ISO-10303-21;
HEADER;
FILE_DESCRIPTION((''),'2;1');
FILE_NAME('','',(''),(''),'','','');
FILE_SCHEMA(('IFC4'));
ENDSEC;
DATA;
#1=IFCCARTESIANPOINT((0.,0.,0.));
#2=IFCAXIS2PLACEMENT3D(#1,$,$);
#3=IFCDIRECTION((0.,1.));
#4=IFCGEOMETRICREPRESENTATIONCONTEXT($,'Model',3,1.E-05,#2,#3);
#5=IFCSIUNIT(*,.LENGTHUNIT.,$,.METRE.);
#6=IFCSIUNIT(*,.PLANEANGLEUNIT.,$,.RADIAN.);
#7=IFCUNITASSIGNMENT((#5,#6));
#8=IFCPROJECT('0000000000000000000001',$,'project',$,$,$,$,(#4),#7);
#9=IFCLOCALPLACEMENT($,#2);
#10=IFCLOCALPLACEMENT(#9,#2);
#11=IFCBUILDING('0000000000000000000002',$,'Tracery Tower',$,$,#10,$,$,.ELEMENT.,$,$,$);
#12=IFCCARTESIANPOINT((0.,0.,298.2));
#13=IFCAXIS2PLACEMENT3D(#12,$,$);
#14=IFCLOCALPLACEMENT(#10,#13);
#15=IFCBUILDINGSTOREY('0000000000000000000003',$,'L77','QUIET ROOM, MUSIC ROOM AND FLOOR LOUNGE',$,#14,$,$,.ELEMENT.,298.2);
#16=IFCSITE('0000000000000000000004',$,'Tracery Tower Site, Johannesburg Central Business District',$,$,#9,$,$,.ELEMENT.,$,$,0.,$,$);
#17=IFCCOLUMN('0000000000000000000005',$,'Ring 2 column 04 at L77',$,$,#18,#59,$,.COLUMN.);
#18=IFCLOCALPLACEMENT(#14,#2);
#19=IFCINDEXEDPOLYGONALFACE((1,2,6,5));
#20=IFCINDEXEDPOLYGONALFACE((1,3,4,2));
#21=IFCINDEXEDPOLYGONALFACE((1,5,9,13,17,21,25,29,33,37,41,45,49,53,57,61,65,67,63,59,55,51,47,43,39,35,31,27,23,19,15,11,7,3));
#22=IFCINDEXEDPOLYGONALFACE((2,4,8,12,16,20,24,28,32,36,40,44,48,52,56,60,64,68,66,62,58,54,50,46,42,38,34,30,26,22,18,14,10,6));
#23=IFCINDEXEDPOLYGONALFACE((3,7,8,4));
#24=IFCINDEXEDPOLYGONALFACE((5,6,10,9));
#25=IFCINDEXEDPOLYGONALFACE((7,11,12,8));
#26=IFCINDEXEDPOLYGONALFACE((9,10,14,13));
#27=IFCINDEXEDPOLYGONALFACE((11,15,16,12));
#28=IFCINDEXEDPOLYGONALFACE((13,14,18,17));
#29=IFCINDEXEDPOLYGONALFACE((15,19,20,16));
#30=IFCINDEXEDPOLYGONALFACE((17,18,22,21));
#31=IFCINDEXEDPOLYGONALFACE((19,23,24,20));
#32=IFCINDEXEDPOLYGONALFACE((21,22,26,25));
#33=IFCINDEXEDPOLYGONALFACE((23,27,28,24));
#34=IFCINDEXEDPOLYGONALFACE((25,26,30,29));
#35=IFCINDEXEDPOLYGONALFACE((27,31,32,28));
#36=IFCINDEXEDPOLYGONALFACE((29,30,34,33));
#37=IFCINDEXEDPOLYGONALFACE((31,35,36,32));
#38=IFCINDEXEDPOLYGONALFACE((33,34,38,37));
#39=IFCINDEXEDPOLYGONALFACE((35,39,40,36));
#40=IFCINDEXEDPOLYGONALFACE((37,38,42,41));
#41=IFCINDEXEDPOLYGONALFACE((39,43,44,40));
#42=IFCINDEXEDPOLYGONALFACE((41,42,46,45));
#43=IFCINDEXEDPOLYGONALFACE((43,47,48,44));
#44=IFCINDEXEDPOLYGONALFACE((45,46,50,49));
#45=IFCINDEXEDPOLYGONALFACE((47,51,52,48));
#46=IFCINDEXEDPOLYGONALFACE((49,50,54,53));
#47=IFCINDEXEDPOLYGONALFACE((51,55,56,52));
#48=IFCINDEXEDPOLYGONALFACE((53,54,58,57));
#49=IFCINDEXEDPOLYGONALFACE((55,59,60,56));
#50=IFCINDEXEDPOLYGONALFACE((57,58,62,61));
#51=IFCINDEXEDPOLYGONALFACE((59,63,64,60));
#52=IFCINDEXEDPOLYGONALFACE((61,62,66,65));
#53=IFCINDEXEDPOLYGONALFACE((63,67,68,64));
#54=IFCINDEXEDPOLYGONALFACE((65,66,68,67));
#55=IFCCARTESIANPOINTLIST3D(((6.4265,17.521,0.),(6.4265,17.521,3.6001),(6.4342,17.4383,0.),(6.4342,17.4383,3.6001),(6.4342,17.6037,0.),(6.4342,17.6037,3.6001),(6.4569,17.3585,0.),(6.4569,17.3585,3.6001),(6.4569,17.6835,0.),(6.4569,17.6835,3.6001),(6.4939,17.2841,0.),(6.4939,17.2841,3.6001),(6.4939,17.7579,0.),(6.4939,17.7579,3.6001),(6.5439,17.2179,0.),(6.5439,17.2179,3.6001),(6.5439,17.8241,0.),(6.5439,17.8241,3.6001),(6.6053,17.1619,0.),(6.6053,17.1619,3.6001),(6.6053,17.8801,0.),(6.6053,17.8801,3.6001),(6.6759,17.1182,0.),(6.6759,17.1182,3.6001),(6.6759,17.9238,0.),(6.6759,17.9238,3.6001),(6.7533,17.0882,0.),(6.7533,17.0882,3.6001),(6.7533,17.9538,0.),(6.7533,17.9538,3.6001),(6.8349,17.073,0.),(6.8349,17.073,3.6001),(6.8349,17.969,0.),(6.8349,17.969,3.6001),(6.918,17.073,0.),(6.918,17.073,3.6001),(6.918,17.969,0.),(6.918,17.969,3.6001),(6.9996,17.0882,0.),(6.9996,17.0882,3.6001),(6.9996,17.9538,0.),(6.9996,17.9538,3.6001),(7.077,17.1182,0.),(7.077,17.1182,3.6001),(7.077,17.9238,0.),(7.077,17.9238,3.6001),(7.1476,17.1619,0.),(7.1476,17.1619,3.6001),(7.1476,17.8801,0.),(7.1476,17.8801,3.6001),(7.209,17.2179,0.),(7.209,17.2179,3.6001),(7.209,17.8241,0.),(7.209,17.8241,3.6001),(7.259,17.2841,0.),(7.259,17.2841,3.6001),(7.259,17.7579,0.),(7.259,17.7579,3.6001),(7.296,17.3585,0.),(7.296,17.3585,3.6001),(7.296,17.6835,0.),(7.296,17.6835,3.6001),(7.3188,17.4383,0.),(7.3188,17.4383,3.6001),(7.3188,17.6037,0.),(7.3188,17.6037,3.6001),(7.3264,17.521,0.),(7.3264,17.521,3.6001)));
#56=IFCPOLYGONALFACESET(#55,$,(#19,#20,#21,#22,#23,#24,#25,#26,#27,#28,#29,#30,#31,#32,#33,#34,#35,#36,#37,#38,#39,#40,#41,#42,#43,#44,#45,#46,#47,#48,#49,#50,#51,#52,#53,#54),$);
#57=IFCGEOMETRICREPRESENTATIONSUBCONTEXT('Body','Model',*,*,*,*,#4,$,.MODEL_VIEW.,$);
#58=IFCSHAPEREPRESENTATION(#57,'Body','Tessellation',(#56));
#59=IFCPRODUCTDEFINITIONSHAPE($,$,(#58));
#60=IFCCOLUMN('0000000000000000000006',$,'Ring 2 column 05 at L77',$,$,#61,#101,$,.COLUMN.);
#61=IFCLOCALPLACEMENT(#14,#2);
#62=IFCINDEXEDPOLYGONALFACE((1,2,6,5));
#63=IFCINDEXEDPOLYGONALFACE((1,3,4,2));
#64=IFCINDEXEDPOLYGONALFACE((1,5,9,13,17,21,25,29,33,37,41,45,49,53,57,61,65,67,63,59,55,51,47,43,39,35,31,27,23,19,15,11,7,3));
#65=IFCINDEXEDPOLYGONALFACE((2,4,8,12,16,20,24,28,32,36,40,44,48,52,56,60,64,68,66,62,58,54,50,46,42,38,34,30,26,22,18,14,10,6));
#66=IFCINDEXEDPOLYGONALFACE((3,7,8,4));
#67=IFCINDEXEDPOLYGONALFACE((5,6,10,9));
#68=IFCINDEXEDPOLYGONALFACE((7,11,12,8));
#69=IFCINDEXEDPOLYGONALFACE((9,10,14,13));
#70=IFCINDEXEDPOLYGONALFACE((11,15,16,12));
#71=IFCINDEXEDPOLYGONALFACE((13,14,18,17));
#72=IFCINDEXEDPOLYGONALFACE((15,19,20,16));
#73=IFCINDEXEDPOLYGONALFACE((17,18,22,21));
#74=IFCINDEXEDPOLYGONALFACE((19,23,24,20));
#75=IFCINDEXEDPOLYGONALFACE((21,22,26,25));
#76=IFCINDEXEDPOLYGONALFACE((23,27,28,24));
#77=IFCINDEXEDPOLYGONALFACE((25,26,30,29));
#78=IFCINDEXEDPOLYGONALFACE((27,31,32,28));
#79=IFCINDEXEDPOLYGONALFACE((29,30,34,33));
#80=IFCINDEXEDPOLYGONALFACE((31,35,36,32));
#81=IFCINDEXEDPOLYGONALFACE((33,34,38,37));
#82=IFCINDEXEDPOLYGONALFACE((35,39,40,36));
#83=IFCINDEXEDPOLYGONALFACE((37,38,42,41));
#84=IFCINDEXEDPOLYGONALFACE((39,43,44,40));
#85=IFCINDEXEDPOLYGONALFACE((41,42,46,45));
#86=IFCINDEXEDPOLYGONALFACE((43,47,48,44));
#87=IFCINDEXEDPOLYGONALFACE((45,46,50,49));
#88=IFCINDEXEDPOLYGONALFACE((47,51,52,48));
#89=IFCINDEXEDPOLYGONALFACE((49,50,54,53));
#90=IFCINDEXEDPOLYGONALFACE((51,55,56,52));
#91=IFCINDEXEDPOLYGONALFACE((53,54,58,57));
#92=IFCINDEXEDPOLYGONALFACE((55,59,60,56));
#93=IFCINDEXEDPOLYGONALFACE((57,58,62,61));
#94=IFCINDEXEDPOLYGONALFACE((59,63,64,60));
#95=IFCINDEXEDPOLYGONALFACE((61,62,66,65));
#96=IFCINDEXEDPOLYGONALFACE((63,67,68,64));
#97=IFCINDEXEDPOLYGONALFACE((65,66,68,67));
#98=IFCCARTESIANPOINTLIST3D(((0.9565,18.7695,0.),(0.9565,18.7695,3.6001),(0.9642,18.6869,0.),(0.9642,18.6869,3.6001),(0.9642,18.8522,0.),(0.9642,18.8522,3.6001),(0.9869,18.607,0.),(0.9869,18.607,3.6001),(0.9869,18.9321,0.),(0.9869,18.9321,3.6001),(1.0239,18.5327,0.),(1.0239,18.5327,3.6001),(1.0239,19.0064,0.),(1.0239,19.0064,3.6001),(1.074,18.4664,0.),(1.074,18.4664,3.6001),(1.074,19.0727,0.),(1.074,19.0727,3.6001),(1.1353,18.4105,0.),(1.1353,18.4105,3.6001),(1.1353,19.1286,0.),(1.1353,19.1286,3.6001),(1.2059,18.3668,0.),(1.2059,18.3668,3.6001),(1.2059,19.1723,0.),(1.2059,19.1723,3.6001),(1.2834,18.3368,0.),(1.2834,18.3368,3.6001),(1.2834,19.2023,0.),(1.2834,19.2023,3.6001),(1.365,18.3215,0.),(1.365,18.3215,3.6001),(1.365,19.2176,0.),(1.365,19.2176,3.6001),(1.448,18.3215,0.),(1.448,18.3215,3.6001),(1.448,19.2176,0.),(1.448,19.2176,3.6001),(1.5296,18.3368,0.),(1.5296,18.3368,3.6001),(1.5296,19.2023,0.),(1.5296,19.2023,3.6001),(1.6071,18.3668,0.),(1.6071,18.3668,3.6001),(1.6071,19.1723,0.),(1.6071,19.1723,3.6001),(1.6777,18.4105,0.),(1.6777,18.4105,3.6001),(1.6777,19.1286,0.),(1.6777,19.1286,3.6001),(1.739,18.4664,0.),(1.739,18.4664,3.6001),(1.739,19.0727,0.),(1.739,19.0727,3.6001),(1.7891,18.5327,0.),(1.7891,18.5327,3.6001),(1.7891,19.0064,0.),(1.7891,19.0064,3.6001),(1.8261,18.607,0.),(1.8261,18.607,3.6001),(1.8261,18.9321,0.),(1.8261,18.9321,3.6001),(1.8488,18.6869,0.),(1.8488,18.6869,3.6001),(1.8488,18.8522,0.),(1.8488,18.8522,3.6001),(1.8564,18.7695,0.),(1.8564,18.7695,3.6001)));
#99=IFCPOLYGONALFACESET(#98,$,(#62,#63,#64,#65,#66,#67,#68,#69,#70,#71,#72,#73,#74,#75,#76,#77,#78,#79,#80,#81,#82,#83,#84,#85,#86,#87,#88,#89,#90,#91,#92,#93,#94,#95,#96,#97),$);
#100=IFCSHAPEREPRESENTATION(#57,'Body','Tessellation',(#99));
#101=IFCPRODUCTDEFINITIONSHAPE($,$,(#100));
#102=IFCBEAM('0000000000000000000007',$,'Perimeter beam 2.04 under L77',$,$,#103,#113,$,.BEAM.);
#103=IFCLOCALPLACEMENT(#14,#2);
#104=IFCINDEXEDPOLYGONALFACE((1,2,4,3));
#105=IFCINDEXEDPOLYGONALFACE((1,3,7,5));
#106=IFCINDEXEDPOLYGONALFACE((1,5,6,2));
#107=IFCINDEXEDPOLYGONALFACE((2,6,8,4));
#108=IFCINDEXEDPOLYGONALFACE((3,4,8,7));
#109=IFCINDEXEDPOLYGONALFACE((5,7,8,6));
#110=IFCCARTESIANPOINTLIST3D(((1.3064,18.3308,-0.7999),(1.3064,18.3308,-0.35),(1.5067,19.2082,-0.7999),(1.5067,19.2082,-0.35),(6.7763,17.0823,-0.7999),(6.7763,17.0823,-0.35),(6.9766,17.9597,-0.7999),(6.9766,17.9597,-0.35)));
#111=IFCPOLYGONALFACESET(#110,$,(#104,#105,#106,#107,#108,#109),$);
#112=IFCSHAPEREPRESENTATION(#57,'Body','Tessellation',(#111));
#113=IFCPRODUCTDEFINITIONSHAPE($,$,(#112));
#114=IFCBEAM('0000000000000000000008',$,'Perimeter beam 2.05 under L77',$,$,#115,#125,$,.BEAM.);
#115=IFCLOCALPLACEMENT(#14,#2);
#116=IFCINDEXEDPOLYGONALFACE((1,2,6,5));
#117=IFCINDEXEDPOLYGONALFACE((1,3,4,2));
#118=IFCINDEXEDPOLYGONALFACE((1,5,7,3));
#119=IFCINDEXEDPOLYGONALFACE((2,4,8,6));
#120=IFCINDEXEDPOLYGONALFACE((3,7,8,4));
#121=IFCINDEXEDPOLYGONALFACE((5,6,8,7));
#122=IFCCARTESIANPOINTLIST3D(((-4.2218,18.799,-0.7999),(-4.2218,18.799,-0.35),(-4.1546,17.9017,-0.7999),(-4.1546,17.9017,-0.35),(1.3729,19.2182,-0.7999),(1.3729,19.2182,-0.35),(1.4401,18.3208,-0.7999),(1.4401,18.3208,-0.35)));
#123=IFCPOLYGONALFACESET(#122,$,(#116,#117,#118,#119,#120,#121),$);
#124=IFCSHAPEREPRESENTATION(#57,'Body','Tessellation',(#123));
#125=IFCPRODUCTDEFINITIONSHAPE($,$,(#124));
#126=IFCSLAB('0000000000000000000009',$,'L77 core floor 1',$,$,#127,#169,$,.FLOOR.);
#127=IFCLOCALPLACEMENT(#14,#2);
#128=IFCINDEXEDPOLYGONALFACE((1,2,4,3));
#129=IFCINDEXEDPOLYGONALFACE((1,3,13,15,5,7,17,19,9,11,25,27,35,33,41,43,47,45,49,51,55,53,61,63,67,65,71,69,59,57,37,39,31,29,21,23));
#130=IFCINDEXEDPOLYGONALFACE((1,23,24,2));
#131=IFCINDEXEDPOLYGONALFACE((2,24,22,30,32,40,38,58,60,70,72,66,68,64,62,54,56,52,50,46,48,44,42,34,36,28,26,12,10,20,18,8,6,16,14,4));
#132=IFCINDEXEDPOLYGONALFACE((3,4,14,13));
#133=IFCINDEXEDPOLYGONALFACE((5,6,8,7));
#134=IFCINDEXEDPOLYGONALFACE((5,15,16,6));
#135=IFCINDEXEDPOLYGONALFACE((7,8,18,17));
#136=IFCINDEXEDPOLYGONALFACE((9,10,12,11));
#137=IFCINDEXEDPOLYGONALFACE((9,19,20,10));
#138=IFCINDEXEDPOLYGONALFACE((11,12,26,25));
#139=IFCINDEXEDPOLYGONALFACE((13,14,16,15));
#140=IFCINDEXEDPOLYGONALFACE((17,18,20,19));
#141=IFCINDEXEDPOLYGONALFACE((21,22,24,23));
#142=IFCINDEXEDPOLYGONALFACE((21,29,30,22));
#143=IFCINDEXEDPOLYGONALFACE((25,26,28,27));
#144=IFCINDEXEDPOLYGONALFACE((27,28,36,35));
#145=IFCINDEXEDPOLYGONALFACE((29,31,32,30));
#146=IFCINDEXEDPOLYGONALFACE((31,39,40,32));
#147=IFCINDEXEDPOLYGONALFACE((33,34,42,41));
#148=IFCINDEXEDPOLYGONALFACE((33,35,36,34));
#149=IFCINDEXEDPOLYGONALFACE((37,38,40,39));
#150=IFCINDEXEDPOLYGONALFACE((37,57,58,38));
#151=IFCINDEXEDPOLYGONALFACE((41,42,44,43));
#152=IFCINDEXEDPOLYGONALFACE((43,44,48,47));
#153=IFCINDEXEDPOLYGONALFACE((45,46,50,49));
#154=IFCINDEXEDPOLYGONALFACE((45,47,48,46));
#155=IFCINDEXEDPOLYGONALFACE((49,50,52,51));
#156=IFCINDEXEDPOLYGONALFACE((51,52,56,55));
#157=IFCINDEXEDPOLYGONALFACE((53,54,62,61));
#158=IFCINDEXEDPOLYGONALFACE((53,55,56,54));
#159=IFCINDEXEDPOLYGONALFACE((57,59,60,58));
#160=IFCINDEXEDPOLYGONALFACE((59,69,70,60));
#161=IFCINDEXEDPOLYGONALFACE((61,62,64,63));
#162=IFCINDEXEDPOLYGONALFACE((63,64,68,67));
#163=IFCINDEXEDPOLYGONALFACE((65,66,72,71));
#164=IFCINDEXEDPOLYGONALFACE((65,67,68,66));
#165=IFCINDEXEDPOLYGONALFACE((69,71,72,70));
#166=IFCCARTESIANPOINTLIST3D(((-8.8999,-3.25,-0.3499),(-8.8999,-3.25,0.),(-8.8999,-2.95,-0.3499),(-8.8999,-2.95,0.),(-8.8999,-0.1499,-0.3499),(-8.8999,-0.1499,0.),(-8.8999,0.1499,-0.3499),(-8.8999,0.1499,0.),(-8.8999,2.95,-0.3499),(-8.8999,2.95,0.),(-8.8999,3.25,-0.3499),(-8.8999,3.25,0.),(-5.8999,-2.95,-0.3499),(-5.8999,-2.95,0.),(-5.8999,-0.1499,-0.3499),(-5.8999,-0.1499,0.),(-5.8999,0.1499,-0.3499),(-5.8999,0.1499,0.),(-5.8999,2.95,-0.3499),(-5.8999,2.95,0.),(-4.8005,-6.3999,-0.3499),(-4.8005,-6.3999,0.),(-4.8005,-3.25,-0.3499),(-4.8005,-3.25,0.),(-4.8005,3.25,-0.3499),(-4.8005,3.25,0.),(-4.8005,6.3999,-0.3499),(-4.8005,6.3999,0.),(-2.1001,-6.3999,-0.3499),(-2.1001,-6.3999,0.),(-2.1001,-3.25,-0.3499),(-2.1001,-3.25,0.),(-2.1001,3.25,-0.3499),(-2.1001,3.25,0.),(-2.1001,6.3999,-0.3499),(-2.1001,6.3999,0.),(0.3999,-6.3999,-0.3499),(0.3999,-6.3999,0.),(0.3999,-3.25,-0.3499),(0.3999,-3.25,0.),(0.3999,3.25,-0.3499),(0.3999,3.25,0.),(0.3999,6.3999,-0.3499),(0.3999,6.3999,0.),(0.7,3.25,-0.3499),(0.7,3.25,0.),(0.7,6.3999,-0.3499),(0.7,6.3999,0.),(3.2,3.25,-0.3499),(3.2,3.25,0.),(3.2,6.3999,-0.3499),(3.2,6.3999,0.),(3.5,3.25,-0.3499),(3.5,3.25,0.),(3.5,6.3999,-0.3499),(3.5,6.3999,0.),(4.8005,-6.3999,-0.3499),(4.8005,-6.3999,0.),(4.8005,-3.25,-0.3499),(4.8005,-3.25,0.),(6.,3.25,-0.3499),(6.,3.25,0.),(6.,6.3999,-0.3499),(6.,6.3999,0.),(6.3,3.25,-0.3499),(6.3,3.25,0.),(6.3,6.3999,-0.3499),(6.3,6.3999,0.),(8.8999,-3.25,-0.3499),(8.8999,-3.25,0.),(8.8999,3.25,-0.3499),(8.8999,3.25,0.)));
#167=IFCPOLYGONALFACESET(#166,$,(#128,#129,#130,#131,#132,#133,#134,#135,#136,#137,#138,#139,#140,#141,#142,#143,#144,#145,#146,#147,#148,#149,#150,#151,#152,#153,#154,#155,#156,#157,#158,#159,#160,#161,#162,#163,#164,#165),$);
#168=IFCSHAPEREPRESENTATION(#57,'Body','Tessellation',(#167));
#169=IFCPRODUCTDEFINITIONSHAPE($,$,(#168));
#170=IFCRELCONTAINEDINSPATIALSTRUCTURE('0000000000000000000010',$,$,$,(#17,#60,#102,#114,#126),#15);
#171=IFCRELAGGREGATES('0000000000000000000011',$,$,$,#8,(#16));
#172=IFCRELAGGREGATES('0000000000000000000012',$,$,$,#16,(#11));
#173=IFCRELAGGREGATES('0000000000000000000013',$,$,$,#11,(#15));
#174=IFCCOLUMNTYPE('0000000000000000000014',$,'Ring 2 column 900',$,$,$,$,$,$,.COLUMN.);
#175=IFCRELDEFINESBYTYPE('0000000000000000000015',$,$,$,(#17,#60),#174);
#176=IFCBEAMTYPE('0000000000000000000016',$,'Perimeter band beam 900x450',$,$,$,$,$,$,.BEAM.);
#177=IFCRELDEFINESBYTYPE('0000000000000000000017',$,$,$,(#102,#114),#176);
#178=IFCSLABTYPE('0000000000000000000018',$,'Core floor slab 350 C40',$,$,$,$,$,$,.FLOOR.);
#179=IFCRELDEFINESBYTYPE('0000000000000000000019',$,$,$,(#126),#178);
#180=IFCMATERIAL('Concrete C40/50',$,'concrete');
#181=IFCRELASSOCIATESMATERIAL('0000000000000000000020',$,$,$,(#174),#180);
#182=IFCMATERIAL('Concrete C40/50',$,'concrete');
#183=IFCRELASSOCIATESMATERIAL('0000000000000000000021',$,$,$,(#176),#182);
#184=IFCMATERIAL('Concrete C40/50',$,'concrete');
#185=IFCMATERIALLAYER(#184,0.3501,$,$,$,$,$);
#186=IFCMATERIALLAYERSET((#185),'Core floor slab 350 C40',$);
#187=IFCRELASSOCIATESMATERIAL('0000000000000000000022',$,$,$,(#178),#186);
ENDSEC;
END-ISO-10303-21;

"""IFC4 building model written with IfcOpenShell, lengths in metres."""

from ifc_helpers import new_model, si_unit, direction, frame, origin, origin_2d, place, context, subcontext, project, spatial, polyline, rectangle, circle, outline, extrude, material, layer, layer_set, material_profile, profile_set, type_object, element, save


model = new_model("IFC4")

# Units and contexts
model_context = context("Model", 3, precision=1e-05, world=origin(), true_north=direction((0.0, 1.0)))
body_context = subcontext(model_context, "Body", "Model", "MODEL_VIEW")
ifc_project = project(units=[si_unit("LENGTHUNIT", "METRE"), si_unit("PLANEANGLEUNIT", "RADIAN")], contexts=[model_context])

# Site, building, storey
site_placement = place(None, origin())
site = spatial("IfcSite", under=ifc_project, at=site_placement, Name="Tracery Tower Site, Johannesburg Central Business District", CompositionType="ELEMENT", RefElevation=0.0)
building_placement = place(site_placement, origin())
building = spatial("IfcBuilding", under=site, at=building_placement, Name="Tracery Tower", CompositionType="ELEMENT")
storey_placement = place(building_placement, frame((0.0, 0.0, 298.2)))
storey = spatial("IfcBuildingStorey", under=building, at=storey_placement, Name="L77", Description="QUIET ROOM, MUSIC ROOM AND FLOOR LOUNGE", CompositionType="ELEMENT", Elevation=298.2)

# Columns
ifc_material_1 = material(Name="Concrete C40/50", Category="concrete")
ifc_material_profile_1 = material_profile(ifc_material_1, circle(Radius=0.45, at=origin_2d()), Name="RC D900")
ifc_profile_set_1 = profile_set([ifc_material_profile_1], Name="Concrete C40/50")
column_type = type_object("IfcColumnType", Name="Ring 2 column 900", PredefinedType="COLUMN", material=ifc_profile_set_1)
for number, where, z_axis, x_axis, name in (
    (1, (6.8765, 17.521, 0.0), (0.0, 0.0, 1.0), (1.0, 0.0, 0.0), "Ring 2 column 04 at L77"),
    (2, (1.4065, 18.7695, 0.0), (0.0, 0.0, 1.0), (1.0, 0.0, 0.0), "Ring 2 column 05 at L77"),
):
    element("IfcColumn", number, at=place(storey_placement, frame(where, z_axis=z_axis, x_axis=x_axis)), inside=storey, type_object=column_type, Name=name, PredefinedType="COLUMN", context=body_context, shape_type="SweptSolid", body=[
        extrude(circle(Radius=0.45, at=origin_2d()), origin(), (0.0, 0.0, 1.0), 3.6001),
    ])

# Beams
ifc_material_2 = material(Name="Concrete C40/50", Category="concrete")
ifc_material_profile_2 = material_profile(ifc_material_2, rectangle(XDim=0.8999, YDim=0.45, at=origin_2d()), Name="RC 900x450")
ifc_profile_set_2 = profile_set([ifc_material_profile_2], Name="Concrete C40/50")
beam_type = type_object("IfcBeamType", Name="Perimeter band beam 900x450", PredefinedType="BEAM", material=ifc_profile_set_2)
beam_1_placement = place(storey_placement, frame((6.8765, 17.521, -0.575), z_axis=(-0.974926, 0.222529, 0.0), x_axis=(-0.222529, -0.974926, 0.0)))
element("IfcBeam", 3, at=beam_1_placement, inside=storey, type_object=beam_type, Name="Perimeter beam 2.04 under L77", PredefinedType="BEAM", context=body_context, shape_type="SweptSolid", body=[
    extrude(rectangle(XDim=0.8999, YDim=0.45, at=origin_2d()), origin(), (0.0, 0.0, 1.0), 5.6106),
])
beam_2_placement = place(storey_placement, frame((1.4065, 18.7695, -0.575), z_axis=(-0.997205, -0.074716, 0.0), x_axis=(0.074716, -0.997205, 0.0)))
element("IfcBeam", 4, at=beam_2_placement, inside=storey, type_object=beam_type, Name="Perimeter beam 2.05 under L77", PredefinedType="BEAM", context=body_context, shape_type="SweptSolid", body=[
    extrude(rectangle(XDim=0.8999, YDim=0.45, at=origin_2d()), origin(), (0.0, 0.0, 1.0), 5.6104),
])

# Slab
ifc_material_3 = material(Name="Concrete C40/50", Category="concrete")
ifc_layer_1 = layer(ifc_material_3, 0.3501)
ifc_layer_set_1 = layer_set([ifc_layer_1], Name="Core floor slab 350 C40")
slab_type_1 = type_object("IfcSlabType", Name="Core floor slab 350 C40", PredefinedType="FLOOR", material=ifc_layer_set_1)
slab_1_placement = place(storey_placement, frame((0.0, 0.0, -0.3499)))
element("IfcSlab", 5, at=slab_1_placement, inside=storey, type_object=slab_type_1, Name="L77 core floor 1", PredefinedType="FLOOR", context=body_context, shape_type="SweptSolid", body=[
    extrude(outline(polyline([(-4.8005, -3.25), (-8.8999, -3.25), (-8.8999, -2.95), (-5.8999, -2.95), (-5.8999, -0.1499), (-8.8999, -0.1499), (-8.8999, 0.1499), (-5.8999, 0.1499), (-5.8999, 2.95), (-8.8999, 2.95), (-8.8999, 3.25), (-4.8005, 3.25), (-4.8005, 6.3999), (-2.1001, 6.3999), (-2.1001, 3.25), (0.3999, 3.25), (0.3999, 6.3999), (0.7, 6.3999), (0.7, 3.25), (3.2, 3.25), (3.2, 6.3999), (3.5, 6.3999), (3.5, 3.25), (6.0, 3.25), (6.0, 6.3999), (6.3, 6.3999), (6.3, 3.25), (8.8999, 3.25), (8.8999, -3.25), (4.8005, -3.25), (4.8005, -6.3999), (0.3999, -6.3999), (0.3999, -3.25), (-2.1001, -3.25), (-2.1001, -6.3999), (-4.8005, -6.3999), (-4.8005, -3.25)])), origin(), (0.0, 0.0, 1.0), 0.3499),
])

save(model, "model.ifc")
